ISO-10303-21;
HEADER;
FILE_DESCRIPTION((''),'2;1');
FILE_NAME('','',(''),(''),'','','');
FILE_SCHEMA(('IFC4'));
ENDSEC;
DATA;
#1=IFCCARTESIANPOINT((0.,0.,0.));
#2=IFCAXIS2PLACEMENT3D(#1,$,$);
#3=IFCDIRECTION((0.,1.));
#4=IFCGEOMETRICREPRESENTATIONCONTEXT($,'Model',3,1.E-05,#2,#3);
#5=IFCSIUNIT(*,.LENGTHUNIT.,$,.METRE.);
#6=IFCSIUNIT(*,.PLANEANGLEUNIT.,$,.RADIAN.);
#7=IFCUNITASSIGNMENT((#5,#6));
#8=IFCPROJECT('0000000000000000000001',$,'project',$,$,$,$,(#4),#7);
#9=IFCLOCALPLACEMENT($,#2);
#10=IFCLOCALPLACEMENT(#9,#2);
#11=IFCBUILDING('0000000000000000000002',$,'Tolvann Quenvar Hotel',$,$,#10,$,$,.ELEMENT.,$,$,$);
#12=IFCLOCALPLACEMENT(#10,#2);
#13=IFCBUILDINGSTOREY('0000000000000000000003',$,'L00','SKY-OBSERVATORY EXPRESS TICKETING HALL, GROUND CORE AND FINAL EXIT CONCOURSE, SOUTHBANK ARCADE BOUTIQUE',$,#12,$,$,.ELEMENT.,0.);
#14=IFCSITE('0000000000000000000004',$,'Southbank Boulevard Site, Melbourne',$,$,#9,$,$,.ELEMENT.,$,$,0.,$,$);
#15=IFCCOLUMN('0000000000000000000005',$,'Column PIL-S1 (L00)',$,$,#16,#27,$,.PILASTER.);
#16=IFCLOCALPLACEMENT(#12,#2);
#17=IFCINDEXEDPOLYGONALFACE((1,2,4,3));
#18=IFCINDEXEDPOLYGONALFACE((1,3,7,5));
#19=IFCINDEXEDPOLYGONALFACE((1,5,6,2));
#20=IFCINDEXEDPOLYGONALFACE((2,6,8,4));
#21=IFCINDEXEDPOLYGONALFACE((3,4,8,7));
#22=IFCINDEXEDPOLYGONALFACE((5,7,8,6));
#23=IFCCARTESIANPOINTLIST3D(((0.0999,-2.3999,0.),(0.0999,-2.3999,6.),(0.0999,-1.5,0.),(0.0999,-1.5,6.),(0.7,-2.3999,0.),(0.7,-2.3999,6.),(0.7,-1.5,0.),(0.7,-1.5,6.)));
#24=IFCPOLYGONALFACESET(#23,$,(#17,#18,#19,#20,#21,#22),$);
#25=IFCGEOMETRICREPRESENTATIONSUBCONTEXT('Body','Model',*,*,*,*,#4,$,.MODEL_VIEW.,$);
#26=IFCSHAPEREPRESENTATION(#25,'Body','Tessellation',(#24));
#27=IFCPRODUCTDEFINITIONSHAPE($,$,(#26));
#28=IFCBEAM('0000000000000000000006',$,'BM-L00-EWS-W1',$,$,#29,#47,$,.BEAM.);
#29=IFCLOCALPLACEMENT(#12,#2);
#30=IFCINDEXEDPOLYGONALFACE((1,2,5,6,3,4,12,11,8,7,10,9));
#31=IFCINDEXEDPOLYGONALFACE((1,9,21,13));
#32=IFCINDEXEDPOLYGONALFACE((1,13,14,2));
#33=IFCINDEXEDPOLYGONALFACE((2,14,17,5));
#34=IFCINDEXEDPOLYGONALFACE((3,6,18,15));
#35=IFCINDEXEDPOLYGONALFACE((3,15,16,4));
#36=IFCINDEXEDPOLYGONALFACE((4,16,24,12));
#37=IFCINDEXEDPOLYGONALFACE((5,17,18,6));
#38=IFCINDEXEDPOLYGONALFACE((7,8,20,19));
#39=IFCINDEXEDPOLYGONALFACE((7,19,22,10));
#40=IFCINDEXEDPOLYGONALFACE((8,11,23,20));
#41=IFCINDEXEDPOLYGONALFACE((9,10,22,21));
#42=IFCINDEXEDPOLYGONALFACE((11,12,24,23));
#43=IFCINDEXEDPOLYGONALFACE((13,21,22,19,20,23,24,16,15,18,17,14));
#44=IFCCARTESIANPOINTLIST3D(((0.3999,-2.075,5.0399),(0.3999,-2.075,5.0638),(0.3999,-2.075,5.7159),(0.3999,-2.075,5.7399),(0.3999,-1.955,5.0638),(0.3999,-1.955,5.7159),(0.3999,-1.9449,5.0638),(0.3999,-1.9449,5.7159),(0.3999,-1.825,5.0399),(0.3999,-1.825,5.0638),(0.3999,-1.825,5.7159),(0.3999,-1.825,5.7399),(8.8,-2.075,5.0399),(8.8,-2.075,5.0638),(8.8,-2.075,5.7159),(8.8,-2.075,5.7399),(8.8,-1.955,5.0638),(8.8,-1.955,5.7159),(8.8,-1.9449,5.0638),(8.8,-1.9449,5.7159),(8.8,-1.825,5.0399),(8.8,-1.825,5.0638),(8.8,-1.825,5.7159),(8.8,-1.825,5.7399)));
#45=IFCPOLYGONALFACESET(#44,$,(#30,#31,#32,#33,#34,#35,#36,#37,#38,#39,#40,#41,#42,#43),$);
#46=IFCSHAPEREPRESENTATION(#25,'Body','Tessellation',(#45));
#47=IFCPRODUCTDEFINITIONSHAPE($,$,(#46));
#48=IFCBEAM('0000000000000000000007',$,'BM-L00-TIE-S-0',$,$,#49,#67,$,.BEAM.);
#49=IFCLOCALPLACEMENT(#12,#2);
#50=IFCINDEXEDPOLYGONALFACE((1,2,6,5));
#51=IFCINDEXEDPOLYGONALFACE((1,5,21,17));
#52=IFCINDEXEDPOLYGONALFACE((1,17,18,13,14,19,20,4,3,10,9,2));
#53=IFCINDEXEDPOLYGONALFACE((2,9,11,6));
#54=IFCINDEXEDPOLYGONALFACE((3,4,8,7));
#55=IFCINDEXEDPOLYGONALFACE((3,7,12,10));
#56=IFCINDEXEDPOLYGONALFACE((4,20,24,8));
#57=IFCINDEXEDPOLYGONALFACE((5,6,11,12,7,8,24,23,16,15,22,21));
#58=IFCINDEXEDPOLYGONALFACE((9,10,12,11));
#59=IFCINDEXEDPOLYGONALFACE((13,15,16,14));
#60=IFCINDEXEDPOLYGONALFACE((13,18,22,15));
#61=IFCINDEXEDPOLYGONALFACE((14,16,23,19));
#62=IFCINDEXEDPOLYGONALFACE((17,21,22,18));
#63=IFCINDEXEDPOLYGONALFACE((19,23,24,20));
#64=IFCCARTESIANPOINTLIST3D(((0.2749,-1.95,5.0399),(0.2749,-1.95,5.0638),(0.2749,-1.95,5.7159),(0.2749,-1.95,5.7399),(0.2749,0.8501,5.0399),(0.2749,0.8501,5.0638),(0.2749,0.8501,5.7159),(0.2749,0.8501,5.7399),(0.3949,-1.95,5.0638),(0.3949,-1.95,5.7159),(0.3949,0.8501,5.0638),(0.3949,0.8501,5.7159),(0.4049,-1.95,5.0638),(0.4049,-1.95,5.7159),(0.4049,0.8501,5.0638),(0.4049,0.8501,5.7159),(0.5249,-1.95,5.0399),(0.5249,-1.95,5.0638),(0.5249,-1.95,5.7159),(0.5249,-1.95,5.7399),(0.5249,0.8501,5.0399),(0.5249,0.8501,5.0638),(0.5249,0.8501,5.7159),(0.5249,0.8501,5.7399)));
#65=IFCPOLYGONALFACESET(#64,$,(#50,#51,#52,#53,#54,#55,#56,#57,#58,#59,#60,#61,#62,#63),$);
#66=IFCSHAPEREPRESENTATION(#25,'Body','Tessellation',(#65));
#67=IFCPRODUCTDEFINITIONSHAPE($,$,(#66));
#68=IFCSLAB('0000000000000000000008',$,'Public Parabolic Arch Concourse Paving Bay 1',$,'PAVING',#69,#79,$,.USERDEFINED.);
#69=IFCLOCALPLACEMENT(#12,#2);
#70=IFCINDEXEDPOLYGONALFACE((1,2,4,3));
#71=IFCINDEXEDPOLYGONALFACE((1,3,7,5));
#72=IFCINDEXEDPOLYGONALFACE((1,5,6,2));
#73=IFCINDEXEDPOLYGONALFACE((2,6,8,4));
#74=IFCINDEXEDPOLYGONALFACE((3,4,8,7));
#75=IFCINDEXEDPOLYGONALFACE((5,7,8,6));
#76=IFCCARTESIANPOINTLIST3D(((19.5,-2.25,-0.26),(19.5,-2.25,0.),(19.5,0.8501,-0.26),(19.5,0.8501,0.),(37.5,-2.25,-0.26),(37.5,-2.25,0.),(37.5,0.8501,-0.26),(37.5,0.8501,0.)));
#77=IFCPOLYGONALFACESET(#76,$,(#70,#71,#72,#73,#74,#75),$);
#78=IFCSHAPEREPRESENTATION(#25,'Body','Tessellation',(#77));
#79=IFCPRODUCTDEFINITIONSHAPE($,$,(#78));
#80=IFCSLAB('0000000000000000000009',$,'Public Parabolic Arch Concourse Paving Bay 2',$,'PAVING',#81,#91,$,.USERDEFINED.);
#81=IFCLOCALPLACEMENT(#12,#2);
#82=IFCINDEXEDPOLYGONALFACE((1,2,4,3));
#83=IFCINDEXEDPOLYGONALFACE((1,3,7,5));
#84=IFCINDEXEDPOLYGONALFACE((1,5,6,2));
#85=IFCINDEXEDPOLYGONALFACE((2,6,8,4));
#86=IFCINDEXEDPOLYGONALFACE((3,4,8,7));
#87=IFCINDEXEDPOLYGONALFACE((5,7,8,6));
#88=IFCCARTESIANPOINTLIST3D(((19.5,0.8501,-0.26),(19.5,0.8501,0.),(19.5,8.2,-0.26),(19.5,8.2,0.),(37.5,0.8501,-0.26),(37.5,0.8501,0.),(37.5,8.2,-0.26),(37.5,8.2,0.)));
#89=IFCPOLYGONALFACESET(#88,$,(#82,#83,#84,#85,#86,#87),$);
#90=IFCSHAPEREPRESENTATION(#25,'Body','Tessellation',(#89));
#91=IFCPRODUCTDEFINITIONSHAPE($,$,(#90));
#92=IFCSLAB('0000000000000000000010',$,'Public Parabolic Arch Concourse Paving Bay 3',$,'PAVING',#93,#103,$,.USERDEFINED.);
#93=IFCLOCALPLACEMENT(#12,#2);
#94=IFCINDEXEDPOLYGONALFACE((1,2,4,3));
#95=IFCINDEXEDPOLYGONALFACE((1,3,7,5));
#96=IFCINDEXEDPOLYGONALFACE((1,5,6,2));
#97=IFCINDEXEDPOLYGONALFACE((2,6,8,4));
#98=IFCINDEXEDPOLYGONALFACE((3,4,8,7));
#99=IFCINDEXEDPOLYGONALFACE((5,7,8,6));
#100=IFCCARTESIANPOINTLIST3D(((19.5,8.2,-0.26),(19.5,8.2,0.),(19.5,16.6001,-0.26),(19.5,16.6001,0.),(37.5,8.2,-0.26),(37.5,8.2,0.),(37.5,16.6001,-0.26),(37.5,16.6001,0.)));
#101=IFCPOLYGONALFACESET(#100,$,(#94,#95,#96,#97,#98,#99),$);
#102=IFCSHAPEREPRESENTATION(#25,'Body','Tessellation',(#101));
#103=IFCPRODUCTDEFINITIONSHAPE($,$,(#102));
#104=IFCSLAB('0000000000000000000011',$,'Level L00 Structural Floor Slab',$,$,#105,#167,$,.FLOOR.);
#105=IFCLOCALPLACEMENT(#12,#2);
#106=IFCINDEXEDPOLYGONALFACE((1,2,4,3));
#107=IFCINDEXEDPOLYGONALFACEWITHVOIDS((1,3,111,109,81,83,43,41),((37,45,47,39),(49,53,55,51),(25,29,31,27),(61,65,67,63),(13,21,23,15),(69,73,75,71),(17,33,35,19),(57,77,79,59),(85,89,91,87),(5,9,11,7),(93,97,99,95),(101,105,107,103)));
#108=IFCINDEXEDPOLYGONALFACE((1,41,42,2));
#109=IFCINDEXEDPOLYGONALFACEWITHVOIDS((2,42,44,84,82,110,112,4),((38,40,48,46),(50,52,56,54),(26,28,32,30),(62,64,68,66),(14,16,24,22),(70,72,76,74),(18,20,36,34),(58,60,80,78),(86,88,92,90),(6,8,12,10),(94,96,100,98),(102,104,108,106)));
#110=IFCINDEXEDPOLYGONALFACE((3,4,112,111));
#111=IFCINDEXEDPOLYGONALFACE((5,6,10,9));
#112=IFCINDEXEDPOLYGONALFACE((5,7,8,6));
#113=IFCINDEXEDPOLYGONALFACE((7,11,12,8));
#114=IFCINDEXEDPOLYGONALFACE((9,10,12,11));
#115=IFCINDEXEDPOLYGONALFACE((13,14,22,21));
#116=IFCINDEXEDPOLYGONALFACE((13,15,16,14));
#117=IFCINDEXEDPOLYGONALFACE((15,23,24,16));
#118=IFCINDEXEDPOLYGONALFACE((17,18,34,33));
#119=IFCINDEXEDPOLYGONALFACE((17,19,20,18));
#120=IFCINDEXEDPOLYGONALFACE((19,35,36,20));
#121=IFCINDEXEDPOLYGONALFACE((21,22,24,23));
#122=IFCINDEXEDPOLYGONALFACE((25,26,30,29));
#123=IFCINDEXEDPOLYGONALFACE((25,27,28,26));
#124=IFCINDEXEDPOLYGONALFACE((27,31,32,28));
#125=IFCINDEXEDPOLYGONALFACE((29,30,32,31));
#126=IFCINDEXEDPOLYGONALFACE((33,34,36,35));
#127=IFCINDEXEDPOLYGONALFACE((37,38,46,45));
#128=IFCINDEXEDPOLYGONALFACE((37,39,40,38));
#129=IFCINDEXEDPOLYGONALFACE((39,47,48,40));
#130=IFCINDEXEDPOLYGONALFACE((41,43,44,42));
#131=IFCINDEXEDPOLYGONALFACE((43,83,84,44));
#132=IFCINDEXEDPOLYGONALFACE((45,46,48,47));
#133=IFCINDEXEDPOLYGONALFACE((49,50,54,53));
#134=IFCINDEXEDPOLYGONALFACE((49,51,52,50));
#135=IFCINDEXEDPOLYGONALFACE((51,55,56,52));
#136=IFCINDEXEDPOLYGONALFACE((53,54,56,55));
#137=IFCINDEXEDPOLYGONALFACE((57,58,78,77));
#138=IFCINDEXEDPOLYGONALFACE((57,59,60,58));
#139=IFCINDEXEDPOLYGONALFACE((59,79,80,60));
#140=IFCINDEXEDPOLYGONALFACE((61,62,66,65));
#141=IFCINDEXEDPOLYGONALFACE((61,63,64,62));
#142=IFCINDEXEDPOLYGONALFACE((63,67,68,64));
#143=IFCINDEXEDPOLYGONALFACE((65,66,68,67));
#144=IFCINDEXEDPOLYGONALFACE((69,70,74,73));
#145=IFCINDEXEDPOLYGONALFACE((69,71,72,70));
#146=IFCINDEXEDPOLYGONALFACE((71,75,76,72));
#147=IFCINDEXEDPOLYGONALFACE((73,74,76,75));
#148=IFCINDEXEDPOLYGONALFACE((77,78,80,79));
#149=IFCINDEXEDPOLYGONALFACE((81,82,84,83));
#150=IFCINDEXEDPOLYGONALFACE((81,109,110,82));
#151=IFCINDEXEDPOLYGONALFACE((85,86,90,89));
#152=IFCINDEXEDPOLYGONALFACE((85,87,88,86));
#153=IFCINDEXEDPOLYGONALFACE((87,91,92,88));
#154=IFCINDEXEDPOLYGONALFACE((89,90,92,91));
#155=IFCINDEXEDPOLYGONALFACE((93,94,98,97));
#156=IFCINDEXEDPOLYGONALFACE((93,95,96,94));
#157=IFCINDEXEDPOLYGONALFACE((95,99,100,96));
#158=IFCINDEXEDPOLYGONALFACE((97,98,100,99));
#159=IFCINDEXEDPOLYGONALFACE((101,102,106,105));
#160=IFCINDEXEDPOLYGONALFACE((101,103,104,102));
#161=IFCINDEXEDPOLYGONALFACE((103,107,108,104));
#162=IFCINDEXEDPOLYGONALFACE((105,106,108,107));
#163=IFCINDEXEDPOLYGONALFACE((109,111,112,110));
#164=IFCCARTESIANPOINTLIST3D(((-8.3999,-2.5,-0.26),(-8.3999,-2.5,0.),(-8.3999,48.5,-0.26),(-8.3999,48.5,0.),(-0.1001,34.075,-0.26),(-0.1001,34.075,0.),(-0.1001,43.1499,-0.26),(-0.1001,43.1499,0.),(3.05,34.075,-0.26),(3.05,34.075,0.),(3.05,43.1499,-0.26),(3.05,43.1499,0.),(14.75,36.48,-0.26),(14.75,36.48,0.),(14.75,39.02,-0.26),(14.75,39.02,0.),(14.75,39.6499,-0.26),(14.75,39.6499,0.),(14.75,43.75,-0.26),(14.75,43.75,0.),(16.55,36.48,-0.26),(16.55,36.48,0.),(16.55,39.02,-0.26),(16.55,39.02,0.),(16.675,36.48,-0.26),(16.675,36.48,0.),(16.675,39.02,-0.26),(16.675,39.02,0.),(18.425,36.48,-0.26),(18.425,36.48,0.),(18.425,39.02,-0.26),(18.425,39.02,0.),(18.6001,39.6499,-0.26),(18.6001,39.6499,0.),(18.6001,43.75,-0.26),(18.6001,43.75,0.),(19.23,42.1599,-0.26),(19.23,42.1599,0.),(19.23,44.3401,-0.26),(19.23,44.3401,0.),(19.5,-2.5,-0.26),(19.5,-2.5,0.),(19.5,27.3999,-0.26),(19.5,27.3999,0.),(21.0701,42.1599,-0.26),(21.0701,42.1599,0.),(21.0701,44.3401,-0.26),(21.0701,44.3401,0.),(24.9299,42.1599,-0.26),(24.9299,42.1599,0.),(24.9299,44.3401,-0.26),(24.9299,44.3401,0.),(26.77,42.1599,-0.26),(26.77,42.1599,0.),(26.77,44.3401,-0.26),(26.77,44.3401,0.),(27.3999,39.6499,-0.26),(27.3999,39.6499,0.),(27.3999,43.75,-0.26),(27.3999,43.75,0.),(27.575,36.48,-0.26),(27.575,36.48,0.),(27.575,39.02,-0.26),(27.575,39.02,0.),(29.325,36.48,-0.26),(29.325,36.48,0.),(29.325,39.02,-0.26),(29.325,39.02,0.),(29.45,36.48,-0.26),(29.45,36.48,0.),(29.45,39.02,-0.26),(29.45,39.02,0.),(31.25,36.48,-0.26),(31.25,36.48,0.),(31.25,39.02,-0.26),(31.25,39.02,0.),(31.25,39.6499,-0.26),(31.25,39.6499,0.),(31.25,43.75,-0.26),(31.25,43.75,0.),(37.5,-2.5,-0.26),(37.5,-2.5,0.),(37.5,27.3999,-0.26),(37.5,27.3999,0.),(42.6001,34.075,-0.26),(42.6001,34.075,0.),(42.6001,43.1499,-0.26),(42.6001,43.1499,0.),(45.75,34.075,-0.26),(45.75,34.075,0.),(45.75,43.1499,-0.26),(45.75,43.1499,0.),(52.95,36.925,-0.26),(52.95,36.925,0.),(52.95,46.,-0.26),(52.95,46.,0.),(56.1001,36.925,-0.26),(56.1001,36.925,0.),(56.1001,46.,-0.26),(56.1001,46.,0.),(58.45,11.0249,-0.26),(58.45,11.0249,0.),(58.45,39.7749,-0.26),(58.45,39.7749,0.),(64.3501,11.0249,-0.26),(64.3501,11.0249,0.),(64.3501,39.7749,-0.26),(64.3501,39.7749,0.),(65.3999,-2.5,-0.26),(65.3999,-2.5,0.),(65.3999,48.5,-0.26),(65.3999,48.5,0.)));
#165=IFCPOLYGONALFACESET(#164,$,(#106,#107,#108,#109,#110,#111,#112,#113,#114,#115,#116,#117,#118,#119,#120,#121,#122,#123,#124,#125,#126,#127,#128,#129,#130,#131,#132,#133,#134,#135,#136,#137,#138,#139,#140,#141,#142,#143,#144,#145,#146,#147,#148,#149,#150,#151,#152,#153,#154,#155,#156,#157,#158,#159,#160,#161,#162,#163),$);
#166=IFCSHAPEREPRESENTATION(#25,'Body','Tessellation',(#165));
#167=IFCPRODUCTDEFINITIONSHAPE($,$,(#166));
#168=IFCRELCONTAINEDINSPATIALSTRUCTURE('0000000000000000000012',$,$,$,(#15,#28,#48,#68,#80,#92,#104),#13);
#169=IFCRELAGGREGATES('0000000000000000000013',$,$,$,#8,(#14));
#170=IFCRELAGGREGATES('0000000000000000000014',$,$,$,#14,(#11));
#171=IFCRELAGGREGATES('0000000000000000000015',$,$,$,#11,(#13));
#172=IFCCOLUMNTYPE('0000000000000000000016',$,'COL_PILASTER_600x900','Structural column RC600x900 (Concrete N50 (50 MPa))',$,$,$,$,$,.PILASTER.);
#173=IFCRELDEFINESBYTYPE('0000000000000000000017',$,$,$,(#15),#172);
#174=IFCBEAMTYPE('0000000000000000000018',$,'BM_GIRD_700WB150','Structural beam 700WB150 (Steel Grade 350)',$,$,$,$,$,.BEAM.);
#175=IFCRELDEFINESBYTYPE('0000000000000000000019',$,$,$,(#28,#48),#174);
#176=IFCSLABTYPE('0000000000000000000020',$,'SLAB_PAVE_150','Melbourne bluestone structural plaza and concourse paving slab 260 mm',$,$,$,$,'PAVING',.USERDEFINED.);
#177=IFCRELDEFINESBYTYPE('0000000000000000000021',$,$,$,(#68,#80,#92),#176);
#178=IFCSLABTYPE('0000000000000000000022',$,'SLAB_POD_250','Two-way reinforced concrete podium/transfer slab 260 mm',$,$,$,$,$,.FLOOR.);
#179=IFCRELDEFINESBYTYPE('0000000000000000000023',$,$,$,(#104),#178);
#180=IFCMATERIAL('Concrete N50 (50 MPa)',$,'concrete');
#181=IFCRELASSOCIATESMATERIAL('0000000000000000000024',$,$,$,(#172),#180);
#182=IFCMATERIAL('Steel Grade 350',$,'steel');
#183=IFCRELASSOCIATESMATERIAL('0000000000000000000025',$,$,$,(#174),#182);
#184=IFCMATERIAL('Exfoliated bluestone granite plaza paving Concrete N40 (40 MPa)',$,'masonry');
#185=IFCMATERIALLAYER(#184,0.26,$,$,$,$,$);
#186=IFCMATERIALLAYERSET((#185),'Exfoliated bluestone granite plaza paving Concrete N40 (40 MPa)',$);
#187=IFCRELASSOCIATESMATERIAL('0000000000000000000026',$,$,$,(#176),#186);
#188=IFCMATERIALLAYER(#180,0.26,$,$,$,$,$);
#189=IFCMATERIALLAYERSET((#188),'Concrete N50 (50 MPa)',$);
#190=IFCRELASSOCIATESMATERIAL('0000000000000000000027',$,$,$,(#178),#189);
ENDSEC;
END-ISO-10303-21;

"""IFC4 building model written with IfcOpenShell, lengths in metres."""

from ifc_helpers import new_model, si_unit, direction, frame, origin, origin_2d, place, context, subcontext, project, spatial, polyline, rectangle, i_section, outline, extrude, source, transform, mapped, material, layer, layer_set, material_profile, profile_set, type_object, type_shapes, element, save


model = new_model("IFC4")

# Units and contexts
model_context = context("Model", 3, precision=1e-05, world=origin(), true_north=direction((0.0, 1.0)))
body_context = subcontext(model_context, "Body", "Model", "MODEL_VIEW")
ifc_project = project(units=[si_unit("LENGTHUNIT", "METRE"), si_unit("PLANEANGLEUNIT", "RADIAN")], contexts=[model_context])

# Site, building, storey
site_placement = place(None, origin())
site = spatial("IfcSite", under=ifc_project, at=site_placement, Name="Southbank Boulevard Site, Melbourne", CompositionType="ELEMENT", RefElevation=0.0)
building_placement = place(site_placement, origin())
building = spatial("IfcBuilding", under=site, at=building_placement, Name="Tolvann Quenvar Hotel", CompositionType="ELEMENT")
storey_placement = place(building_placement, origin())
storey = spatial("IfcBuildingStorey", under=building, at=storey_placement, Name="L00", Description="SKY-OBSERVATORY EXPRESS TICKETING HALL, GROUND CORE AND FINAL EXIT CONCOURSE, SOUTHBANK ARCADE BOUTIQUE", CompositionType="ELEMENT", Elevation=0.0)

# Column
ifc_material_1 = material(Name="Concrete N50 (50 MPa)", Category="concrete")
ifc_material_profile_1 = material_profile(ifc_material_1, rectangle(XDim=0.6001, YDim=0.8999, at=origin_2d()), Name="RC600x900")
ifc_profile_set_1 = profile_set([ifc_material_profile_1], Name="Concrete N50 (50 MPa)")
column_type = type_object("IfcColumnType", Name="COL_PILASTER_600x900", Description="Structural column RC600x900 (Concrete N50 (50 MPa))", PredefinedType="PILASTER", material=ifc_profile_set_1)
shared_shape_1 = source(origin(), body_context, "Body", "SweptSolid", [
    extrude(rectangle(XDim=0.6001, YDim=0.8999, at=origin_2d()), origin(), (0.0, 0.0, 1.0), 6.0),
])
type_shapes(column_type, [shared_shape_1])
column_placement = place(storey_placement, frame((0.3999, -1.95, 0.0), z_axis=(0.0, 0.0, 1.0), x_axis=(1.0, 0.0, 0.0)))
element("IfcColumn", 1, at=column_placement, inside=storey, type_object=column_type, Name="Column PIL-S1 (L00)", PredefinedType="PILASTER", context=body_context, shape_type="MappedRepresentation", body=[
    mapped(shared_shape_1, transform((0.0, 0.0, 0.0), x_axis=(1.0, 0.0, 0.0), y_axis=(0.0, 1.0, 0.0), z_axis=(0.0, 0.0, 1.0), scale=1.0)),
])

# Beams
ifc_material_2 = material(Name="Steel Grade 350", Category="steel")
ifc_material_profile_2 = material_profile(ifc_material_2, i_section(OverallWidth=0.25, OverallDepth=0.7, WebThickness=0.01, FlangeThickness=0.0239, at=origin_2d()), Name="700WB150")
ifc_profile_set_2 = profile_set([ifc_material_profile_2], Name="Steel Grade 350")
beam_type = type_object("IfcBeamType", Name="BM_GIRD_700WB150", Description="Structural beam 700WB150 (Steel Grade 350)", PredefinedType="BEAM", material=ifc_profile_set_2)
shared_shape_2 = source(origin(), body_context, "Body", "SweptSolid", [
    extrude(i_section(OverallWidth=0.25, OverallDepth=0.7, WebThickness=0.01, FlangeThickness=0.0239, at=origin_2d()), origin(), (0.0, 0.0, 1.0), 8.4001),
])
beam_1_placement = place(storey_placement, frame((0.3999, -1.95, 5.3899), z_axis=(1.0, 0.0, 0.0), x_axis=(0.0, 1.0, 0.0)))
element("IfcBeam", 2, at=beam_1_placement, inside=storey, type_object=beam_type, Name="BM-L00-EWS-W1", PredefinedType="BEAM", context=body_context, shape_type="MappedRepresentation", body=[
    mapped(shared_shape_2, transform((0.0, 0.0, 0.0), x_axis=(1.0, 0.0, 0.0), y_axis=(0.0, 1.0, 0.0), z_axis=(0.0, 0.0, 1.0), scale=1.0)),
])
shared_shape_3 = source(origin(), body_context, "Body", "SweptSolid", [
    extrude(i_section(OverallWidth=0.25, OverallDepth=0.7, WebThickness=0.01, FlangeThickness=0.0239, at=origin_2d()), origin(), (0.0, 0.0, 1.0), 2.8),
])
type_shapes(beam_type, [shared_shape_2, shared_shape_3])
beam_2_placement = place(storey_placement, frame((0.3999, -1.95, 5.3899), z_axis=(0.0, 1.0, 0.0), x_axis=(-1.0, 0.0, 0.0)))
element("IfcBeam", 3, at=beam_2_placement, inside=storey, type_object=beam_type, Name="BM-L00-TIE-S-0", PredefinedType="BEAM", context=body_context, shape_type="MappedRepresentation", body=[
    mapped(shared_shape_3, transform((0.0, 0.0, 0.0), x_axis=(1.0, 0.0, 0.0), y_axis=(0.0, 1.0, 0.0), z_axis=(0.0, 0.0, 1.0), scale=1.0)),
])

# Slabs
ifc_material_3 = material(Name="Exfoliated bluestone granite plaza paving Concrete N40 (40 MPa)", Category="masonry")
ifc_layer_1 = layer(ifc_material_3, 0.26)
ifc_layer_set_1 = layer_set([ifc_layer_1], Name="Exfoliated bluestone granite plaza paving Concrete N40 (40 MPa)")
slab_type_1 = type_object("IfcSlabType", Name="SLAB_PAVE_150", Description="Melbourne bluestone structural plaza and concourse paving slab 260 mm", ElementType="PAVING", PredefinedType="USERDEFINED", material=ifc_layer_set_1)
slab_1_placement = place(storey_placement, frame((0.0, 0.0, -0.26)))
element("IfcSlab", 4, at=slab_1_placement, inside=storey, type_object=slab_type_1, Name="Public Parabolic Arch Concourse Paving Bay 1", ObjectType="PAVING", PredefinedType="USERDEFINED", context=body_context, shape_type="SweptSolid", body=[
    extrude(outline(polyline([(19.5, -2.25), (37.5, -2.25), (37.5, 0.8501), (19.5, 0.8501), (19.5, -2.25)])), origin(), (0.0, 0.0, 1.0), 0.26),
])
slab_2_placement = place(storey_placement, frame((0.0, 0.0, -0.26)))
element("IfcSlab", 5, at=slab_2_placement, inside=storey, type_object=slab_type_1, Name="Public Parabolic Arch Concourse Paving Bay 2", ObjectType="PAVING", PredefinedType="USERDEFINED", context=body_context, shape_type="SweptSolid", body=[
    extrude(outline(polyline([(19.5, 0.8501), (37.5, 0.8501), (37.5, 8.2), (19.5, 8.2), (19.5, 0.8501)])), origin(), (0.0, 0.0, 1.0), 0.26),
])
slab_3_placement = place(storey_placement, frame((0.0, 0.0, -0.26)))
element("IfcSlab", 6, at=slab_3_placement, inside=storey, type_object=slab_type_1, Name="Public Parabolic Arch Concourse Paving Bay 3", ObjectType="PAVING", PredefinedType="USERDEFINED", context=body_context, shape_type="SweptSolid", body=[
    extrude(outline(polyline([(19.5, 8.2), (37.5, 8.2), (37.5, 16.6001), (19.5, 16.6001), (19.5, 8.2)])), origin(), (0.0, 0.0, 1.0), 0.26),
])
ifc_layer_2 = layer(ifc_material_1, 0.26)
ifc_layer_set_2 = layer_set([ifc_layer_2], Name="Concrete N50 (50 MPa)")
slab_type_2 = type_object("IfcSlabType", Name="SLAB_POD_250", Description="Two-way reinforced concrete podium/transfer slab 260 mm", PredefinedType="FLOOR", material=ifc_layer_set_2)
slab_4_placement = place(storey_placement, frame((0.0, 0.0, -0.26)))
element("IfcSlab", 7, at=slab_4_placement, inside=storey, type_object=slab_type_2, Name="Level L00 Structural Floor Slab", PredefinedType="FLOOR", context=body_context, shape_type="SweptSolid", body=[
    extrude(outline(polyline([(-8.3999, -2.5), (19.5, -2.5), (19.5, 27.3999), (37.5, 27.3999), (37.5, -2.5), (65.3999, -2.5), (65.3999, 48.5), (-8.3999, 48.5), (-8.3999, -2.5)]), holes=[polyline([(58.45, 11.0249), (58.45, 39.7749), (64.3501, 39.7749), (64.3501, 11.0249), (58.45, 11.0249)]), polyline([(52.95, 36.925), (52.95, 46.0), (56.1001, 46.0), (56.1001, 36.925), (52.95, 36.925)]), polyline([(45.75, 34.075), (42.6001, 34.075), (42.6001, 43.1499), (45.75, 43.1499), (45.75, 34.075)]), polyline([(27.3999, 43.75), (31.25, 43.75), (31.25, 39.6499), (27.3999, 39.6499), (27.3999, 43.75)]), polyline([(29.45, 39.02), (31.25, 39.02), (31.25, 36.48), (29.45, 36.48), (29.45, 39.02)]), polyline([(27.575, 39.02), (29.325, 39.02), (29.325, 36.48), (27.575, 36.48), (27.575, 39.02)]), polyline([(24.9299, 44.3401), (26.77, 44.3401), (26.77, 42.1599), (24.9299, 42.1599), (24.9299, 44.3401)]), polyline([(19.23, 44.3401), (21.0701, 44.3401), (21.0701, 42.1599), (19.23, 42.1599), (19.23, 44.3401)]), polyline([(14.75, 39.6499), (14.75, 43.75), (18.6001, 43.75), (18.6001, 39.6499), (14.75, 39.6499)]), polyline([(16.675, 39.02), (18.425, 39.02), (18.425, 36.48), (16.675, 36.48), (16.675, 39.02)]), polyline([(14.75, 36.48), (14.75, 39.02), (16.55, 39.02), (16.55, 36.48), (14.75, 36.48)]), polyline([(-0.1001, 34.075), (-0.1001, 43.1499), (3.05, 43.1499), (3.05, 34.075), (-0.1001, 34.075)])]), origin(), (0.0, 0.0, 1.0), 0.26),
])

save(model, "model.ifc")
